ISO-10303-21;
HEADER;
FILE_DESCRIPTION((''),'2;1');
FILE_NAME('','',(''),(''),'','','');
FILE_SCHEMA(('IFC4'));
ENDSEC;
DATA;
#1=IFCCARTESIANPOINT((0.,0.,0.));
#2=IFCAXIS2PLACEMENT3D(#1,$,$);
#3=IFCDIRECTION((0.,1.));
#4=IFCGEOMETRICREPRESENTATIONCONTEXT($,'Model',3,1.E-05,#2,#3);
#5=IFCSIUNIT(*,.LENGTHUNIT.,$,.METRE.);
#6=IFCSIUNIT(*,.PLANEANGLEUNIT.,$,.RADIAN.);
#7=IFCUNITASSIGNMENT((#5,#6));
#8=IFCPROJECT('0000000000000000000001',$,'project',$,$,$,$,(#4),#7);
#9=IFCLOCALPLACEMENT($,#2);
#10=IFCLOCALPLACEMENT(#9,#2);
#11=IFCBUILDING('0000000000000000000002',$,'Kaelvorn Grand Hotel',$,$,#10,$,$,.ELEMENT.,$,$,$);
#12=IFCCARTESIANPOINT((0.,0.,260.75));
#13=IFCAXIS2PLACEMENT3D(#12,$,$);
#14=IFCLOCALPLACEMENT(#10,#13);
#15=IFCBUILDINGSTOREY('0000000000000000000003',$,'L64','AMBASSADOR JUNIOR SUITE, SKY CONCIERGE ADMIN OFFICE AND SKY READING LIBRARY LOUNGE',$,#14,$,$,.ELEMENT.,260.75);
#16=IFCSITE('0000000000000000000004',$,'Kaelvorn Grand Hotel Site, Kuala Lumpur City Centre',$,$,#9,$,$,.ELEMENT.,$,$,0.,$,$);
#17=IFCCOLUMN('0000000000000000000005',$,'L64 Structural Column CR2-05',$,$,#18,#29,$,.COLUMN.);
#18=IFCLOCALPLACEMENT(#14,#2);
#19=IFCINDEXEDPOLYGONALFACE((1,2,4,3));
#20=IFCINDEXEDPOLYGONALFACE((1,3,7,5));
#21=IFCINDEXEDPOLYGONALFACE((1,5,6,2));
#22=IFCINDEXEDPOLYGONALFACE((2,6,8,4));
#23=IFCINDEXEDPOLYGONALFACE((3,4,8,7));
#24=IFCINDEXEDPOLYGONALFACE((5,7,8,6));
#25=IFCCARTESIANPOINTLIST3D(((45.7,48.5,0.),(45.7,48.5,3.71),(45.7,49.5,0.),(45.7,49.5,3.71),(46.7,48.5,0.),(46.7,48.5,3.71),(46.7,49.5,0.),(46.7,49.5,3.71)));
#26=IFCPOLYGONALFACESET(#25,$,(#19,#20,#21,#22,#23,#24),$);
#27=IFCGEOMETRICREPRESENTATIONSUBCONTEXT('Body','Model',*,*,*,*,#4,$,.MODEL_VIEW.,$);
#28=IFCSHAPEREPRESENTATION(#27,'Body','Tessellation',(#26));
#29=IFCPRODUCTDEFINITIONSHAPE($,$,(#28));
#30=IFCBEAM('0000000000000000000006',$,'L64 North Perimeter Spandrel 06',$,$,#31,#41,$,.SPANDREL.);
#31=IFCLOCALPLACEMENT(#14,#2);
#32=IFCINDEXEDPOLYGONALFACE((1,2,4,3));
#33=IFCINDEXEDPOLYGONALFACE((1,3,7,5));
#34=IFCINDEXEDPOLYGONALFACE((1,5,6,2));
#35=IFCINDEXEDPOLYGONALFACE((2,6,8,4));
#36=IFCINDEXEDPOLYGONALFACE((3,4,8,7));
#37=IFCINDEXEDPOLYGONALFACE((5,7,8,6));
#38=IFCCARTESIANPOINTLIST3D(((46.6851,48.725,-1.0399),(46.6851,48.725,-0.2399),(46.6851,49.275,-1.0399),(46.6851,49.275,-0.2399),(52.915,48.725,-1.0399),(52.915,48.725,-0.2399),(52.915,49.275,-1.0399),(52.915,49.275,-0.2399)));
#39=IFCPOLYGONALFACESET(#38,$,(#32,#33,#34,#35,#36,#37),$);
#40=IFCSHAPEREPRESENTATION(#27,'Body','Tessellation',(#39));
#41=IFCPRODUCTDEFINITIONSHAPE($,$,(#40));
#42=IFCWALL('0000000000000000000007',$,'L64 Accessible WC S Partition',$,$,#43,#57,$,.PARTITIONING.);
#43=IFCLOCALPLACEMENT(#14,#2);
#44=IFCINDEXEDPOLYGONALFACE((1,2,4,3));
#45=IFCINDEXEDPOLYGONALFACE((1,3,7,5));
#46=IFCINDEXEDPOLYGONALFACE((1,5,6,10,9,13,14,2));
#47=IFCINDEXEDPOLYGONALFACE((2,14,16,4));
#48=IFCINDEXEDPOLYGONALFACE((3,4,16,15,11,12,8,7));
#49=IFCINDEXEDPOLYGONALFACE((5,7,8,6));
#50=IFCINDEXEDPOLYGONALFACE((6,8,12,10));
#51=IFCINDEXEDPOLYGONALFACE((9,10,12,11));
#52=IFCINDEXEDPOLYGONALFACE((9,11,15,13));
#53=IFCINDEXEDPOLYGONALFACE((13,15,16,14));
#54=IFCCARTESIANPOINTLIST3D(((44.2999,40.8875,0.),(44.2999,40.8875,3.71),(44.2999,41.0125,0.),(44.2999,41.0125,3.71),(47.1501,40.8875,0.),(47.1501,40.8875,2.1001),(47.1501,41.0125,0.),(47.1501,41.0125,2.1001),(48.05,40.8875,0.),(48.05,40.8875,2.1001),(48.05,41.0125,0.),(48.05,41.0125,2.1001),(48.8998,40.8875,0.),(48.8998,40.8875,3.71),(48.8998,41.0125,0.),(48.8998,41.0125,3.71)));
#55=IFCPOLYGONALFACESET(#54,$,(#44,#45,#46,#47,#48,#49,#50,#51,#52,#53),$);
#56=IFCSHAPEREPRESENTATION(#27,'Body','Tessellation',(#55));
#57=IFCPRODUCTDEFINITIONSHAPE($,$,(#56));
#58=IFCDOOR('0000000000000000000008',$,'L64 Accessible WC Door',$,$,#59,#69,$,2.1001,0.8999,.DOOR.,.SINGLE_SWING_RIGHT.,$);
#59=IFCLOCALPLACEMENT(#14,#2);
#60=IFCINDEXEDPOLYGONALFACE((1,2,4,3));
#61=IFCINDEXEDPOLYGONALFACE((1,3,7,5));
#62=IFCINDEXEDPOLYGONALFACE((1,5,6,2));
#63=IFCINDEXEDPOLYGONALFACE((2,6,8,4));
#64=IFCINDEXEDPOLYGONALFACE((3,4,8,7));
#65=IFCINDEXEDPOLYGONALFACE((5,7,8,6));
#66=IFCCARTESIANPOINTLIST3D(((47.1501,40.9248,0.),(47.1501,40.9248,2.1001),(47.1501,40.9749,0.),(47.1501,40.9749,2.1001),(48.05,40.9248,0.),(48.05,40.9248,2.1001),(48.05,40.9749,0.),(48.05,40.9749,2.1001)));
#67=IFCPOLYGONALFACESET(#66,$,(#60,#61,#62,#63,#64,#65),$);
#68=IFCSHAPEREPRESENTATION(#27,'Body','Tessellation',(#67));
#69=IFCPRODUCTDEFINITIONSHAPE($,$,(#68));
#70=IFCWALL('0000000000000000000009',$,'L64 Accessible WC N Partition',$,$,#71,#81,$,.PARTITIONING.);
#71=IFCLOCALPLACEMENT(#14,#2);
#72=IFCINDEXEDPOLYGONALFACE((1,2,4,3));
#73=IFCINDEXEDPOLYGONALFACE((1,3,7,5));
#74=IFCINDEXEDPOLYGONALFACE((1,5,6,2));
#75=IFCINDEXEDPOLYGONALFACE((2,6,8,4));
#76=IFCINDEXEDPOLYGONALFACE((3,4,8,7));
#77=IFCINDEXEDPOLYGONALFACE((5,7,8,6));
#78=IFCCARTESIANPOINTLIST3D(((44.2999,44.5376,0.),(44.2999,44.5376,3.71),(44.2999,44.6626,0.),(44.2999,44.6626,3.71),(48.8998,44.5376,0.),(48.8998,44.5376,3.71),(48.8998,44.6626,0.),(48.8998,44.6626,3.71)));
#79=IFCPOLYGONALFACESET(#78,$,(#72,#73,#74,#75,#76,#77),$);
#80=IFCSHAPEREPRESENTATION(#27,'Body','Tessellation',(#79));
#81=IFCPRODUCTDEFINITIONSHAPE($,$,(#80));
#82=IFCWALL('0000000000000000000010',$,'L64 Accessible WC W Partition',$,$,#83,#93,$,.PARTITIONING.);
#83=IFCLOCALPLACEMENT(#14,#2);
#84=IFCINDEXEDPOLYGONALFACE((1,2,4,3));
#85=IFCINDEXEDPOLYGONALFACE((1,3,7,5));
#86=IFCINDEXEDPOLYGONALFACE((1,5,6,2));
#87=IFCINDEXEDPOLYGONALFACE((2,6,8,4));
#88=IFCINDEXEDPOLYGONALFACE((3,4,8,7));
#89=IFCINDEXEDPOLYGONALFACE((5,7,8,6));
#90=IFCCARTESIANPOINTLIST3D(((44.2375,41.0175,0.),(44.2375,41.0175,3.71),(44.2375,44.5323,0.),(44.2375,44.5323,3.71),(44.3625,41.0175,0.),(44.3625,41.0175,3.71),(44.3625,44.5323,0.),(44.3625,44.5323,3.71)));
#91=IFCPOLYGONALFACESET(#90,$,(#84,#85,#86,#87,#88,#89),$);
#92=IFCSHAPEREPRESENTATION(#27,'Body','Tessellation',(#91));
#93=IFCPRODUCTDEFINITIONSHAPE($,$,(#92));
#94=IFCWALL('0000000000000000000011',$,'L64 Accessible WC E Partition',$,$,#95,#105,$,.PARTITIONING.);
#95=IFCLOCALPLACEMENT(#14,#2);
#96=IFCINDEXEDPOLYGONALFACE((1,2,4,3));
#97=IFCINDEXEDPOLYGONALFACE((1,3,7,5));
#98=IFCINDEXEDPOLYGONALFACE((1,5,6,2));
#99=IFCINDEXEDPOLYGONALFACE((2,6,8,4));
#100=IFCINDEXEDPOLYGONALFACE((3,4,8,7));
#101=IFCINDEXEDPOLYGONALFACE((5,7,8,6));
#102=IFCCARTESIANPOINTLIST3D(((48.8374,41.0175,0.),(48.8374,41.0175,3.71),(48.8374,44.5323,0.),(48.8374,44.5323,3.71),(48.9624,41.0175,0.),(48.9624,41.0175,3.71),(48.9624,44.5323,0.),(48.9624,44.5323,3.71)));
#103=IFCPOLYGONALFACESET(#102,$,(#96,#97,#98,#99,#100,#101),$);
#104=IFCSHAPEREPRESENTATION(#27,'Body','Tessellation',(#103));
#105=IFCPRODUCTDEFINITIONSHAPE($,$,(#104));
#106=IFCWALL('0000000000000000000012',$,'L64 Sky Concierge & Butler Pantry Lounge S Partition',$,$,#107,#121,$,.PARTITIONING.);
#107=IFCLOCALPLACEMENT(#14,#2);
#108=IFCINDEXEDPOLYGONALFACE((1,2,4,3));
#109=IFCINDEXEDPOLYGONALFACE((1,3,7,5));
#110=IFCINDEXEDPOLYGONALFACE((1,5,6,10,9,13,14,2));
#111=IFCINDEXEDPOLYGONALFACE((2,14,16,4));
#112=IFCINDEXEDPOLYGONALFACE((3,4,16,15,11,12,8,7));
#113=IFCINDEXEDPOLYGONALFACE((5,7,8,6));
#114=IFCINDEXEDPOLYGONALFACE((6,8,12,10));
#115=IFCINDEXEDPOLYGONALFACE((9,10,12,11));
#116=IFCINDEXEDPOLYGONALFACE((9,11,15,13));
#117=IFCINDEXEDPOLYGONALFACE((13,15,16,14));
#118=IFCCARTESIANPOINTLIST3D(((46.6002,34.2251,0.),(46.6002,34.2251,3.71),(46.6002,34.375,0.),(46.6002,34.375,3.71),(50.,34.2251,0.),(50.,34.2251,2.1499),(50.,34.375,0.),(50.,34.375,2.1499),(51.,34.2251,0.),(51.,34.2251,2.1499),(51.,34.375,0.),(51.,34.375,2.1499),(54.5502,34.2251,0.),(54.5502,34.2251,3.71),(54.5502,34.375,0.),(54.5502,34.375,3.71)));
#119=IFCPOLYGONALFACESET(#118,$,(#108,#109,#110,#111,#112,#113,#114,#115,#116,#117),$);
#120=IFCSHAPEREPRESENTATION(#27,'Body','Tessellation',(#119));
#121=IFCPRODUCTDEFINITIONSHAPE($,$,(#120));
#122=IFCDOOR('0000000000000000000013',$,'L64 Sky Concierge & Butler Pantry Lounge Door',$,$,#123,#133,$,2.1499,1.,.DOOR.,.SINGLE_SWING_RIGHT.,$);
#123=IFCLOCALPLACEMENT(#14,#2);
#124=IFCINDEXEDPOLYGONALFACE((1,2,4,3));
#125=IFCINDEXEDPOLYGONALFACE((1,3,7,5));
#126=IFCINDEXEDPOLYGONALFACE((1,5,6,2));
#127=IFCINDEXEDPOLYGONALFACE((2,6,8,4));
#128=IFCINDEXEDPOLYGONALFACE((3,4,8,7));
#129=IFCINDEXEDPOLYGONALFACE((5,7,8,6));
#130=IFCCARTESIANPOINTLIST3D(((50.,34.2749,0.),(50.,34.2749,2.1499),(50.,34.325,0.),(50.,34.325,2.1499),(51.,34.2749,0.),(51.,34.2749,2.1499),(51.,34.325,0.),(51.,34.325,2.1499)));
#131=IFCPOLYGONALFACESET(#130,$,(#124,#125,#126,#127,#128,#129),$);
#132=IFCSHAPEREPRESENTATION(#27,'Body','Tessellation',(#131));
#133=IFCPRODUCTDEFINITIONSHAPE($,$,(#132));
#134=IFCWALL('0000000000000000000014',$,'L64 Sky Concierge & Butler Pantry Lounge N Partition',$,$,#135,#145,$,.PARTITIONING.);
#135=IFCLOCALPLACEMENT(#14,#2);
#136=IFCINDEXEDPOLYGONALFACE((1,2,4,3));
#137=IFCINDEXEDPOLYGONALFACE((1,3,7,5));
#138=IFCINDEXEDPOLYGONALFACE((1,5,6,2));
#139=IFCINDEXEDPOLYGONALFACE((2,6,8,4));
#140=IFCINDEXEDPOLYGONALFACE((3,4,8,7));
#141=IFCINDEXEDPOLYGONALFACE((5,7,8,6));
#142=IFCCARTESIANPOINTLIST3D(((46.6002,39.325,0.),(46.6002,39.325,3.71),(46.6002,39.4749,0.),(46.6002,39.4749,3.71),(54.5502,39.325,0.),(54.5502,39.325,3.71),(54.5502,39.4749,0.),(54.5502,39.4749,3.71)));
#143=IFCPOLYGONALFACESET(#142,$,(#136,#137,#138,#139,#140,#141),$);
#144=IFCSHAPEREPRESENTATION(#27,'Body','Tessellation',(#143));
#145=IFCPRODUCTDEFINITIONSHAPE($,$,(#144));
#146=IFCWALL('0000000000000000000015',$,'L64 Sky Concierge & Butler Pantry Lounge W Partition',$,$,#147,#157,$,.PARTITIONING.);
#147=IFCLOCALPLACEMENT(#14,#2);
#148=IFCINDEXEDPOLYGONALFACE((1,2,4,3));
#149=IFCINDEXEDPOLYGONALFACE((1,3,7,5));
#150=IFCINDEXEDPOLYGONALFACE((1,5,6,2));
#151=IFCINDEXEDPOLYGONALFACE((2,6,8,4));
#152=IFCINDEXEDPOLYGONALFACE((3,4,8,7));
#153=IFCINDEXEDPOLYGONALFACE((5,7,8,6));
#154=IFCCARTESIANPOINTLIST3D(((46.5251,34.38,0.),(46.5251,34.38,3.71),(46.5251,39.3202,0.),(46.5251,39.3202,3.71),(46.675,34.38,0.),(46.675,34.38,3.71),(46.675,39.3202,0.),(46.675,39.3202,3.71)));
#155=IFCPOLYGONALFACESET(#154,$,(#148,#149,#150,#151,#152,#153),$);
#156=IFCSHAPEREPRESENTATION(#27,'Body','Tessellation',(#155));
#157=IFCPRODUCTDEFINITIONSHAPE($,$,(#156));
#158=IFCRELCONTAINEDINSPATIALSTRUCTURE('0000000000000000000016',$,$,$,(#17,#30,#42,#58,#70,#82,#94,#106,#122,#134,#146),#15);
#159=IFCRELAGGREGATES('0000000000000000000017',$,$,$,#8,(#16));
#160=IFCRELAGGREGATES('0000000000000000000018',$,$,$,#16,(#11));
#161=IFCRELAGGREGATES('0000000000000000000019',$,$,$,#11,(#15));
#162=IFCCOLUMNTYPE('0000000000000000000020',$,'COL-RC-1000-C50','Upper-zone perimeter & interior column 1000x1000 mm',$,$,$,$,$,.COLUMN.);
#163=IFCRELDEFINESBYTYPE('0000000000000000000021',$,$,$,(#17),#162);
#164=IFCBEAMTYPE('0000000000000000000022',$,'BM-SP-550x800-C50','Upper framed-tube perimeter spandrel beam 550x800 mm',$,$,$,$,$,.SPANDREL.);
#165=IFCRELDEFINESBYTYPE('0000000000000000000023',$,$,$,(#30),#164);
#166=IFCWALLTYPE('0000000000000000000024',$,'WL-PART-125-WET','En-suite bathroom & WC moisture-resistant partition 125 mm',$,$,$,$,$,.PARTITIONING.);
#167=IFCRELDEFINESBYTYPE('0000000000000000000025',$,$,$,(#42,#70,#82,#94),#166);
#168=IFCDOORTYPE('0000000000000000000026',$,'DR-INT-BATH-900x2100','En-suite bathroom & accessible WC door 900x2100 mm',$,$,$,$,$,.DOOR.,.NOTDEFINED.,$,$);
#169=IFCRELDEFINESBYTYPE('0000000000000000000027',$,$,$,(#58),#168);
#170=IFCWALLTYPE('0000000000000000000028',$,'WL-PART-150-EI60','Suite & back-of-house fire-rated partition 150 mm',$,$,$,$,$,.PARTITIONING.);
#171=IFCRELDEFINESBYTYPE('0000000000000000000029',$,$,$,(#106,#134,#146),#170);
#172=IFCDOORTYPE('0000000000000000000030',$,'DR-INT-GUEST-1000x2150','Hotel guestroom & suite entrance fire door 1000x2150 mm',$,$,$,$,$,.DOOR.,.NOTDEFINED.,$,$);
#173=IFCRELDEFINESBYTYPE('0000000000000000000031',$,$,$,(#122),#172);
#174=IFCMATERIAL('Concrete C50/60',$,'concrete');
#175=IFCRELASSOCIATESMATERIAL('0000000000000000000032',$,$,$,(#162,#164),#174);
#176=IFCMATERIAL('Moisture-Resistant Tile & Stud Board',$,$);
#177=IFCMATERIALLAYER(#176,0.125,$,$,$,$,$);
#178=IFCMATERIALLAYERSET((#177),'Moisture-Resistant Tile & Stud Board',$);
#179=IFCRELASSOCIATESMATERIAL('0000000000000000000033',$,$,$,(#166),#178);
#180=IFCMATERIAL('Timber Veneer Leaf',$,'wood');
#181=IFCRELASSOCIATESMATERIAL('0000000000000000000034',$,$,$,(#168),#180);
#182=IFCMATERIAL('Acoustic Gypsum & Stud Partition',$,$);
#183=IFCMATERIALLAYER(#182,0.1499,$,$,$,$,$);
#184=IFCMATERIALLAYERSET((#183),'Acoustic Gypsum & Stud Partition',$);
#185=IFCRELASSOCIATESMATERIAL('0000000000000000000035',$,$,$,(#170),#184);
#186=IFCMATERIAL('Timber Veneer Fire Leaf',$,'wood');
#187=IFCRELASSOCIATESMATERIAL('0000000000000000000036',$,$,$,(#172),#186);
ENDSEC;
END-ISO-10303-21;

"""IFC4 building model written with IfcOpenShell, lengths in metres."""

from ifc_helpers import new_model, si_unit, direction, frame, frame_2d, origin, origin_2d, place, context, subcontext, project, spatial, rectangle, extrude, material, layer, layer_set, material_profile, profile_set, type_object, element, fill, save


model = new_model("IFC4")

# Units and contexts
model_context = context("Model", 3, precision=1e-05, world=origin(), true_north=direction((0.0, 1.0)))
body_context = subcontext(model_context, "Body", "Model", "MODEL_VIEW")
ifc_project = project(units=[si_unit("LENGTHUNIT", "METRE"), si_unit("PLANEANGLEUNIT", "RADIAN")], contexts=[model_context])

# Site, building, storey
site_placement = place(None, origin())
site = spatial("IfcSite", under=ifc_project, at=site_placement, Name="Kaelvorn Grand Hotel Site, Kuala Lumpur City Centre", CompositionType="ELEMENT", RefElevation=0.0)
building_placement = place(site_placement, origin())
building = spatial("IfcBuilding", under=site, at=building_placement, Name="Kaelvorn Grand Hotel", CompositionType="ELEMENT")
storey_placement = place(building_placement, frame((0.0, 0.0, 260.75)))
storey = spatial("IfcBuildingStorey", under=building, at=storey_placement, Name="L64", Description="AMBASSADOR JUNIOR SUITE, SKY CONCIERGE ADMIN OFFICE AND SKY READING LIBRARY LOUNGE", CompositionType="ELEMENT", Elevation=260.75)

# Column
ifc_material_1 = material(Name="Concrete C50/60", Category="concrete")
ifc_material_profile_1 = material_profile(ifc_material_1, rectangle(XDim=1.0, YDim=1.0, at=origin_2d()), Name="RC COL 1000x1000")
ifc_profile_set_1 = profile_set([ifc_material_profile_1], Name="Concrete C50/60")
column_type = type_object("IfcColumnType", Name="COL-RC-1000-C50", Description="Upper-zone perimeter & interior column 1000x1000 mm", PredefinedType="COLUMN", material=ifc_profile_set_1)
column_placement = place(storey_placement, frame((46.2, 49.0, 0.0), z_axis=(0.0, 0.0, 1.0), x_axis=(1.0, 0.0, 0.0)))
element("IfcColumn", 1, at=column_placement, inside=storey, type_object=column_type, Name="L64 Structural Column CR2-05", PredefinedType="COLUMN", context=body_context, shape_type="SweptSolid", body=[
    extrude(rectangle(XDim=1.0, YDim=1.0, at=origin_2d()), origin(), (0.0, 0.0, 1.0), 3.71),
])

# Beam
ifc_material_profile_2 = material_profile(ifc_material_1, rectangle(XDim=0.55, YDim=0.8, at=origin_2d()), Name="RC SPANDREL 550x800")
ifc_profile_set_2 = profile_set([ifc_material_profile_2], Name="Concrete C50/60")
beam_type = type_object("IfcBeamType", Name="BM-SP-550x800-C50", Description="Upper framed-tube perimeter spandrel beam 550x800 mm", PredefinedType="SPANDREL", material=ifc_profile_set_2)
beam_placement = place(storey_placement, frame((46.6851, 49.0, -0.6399), z_axis=(1.0, 0.0, 0.0), x_axis=(0.0, 1.0, 0.0)))
element("IfcBeam", 2, at=beam_placement, inside=storey, type_object=beam_type, Name="L64 North Perimeter Spandrel 06", PredefinedType="SPANDREL", context=body_context, shape_type="SweptSolid", body=[
    extrude(rectangle(XDim=0.55, YDim=0.8, at=origin_2d()), origin(), (0.0, 0.0, 1.0), 6.23),
])

# Wall, opening, door
ifc_material_2 = material(Name="Moisture-Resistant Tile & Stud Board")
ifc_layer_1 = layer(ifc_material_2, 0.125)
ifc_layer_set_1 = layer_set([ifc_layer_1], Name="Moisture-Resistant Tile & Stud Board")
wall_type_1 = type_object("IfcWallType", Name="WL-PART-125-WET", Description="En-suite bathroom & WC moisture-resistant partition 125 mm", PredefinedType="PARTITIONING", material=ifc_layer_set_1)
wall_1_placement = place(storey_placement, frame((44.3, 40.95, 0.0), z_axis=(0.0, 0.0, 1.0), x_axis=(1.0, 0.0, 0.0)))
wall_1 = element("IfcWall", 3, at=wall_1_placement, inside=storey, type_object=wall_type_1, Name="L64 Accessible WC S Partition", PredefinedType="PARTITIONING", context=body_context, shape_type="SweptSolid", body=[
    extrude(rectangle(XDim=4.5999, YDim=0.125, at=frame_2d((2.2998, 0.0))), origin(), (0.0, 0.0, 1.0), 3.71),
])
opening_1_placement = place(wall_1_placement, frame((2.8501, 0.0, 0.0)))
opening_1 = element("IfcOpeningElement", 4, at=opening_1_placement, cuts=wall_1, PredefinedType="OPENING", context=body_context, shape_type="SweptSolid", body=[
    extrude(rectangle(XDim=0.8999, YDim=2.1001, at=frame_2d((0.45, 1.05))), frame((0.0, 0.0725, 0.0), z_axis=(0.0, -1.0, 0.0), x_axis=(1.0, 0.0, 0.0)), (0.0, 0.0, 1.0), 0.145),
])
ifc_material_3 = material(Name="Timber Veneer Leaf", Category="wood")
door_type_1 = type_object("IfcDoorType", Name="DR-INT-BATH-900x2100", Description="En-suite bathroom & accessible WC door 900x2100 mm", OperationType="NOTDEFINED", PredefinedType="DOOR", material=ifc_material_3)
door_1_placement = place(opening_1_placement, origin())
door_1 = element("IfcDoor", 5, at=door_1_placement, inside=storey, type_object=door_type_1, Name="L64 Accessible WC Door", OperationType="SINGLE_SWING_RIGHT", OverallHeight=2.1001, OverallWidth=0.8999, PredefinedType="DOOR", context=body_context, shape_type="SweptSolid", body=[
    extrude(rectangle(XDim=0.8999, YDim=2.1001, at=frame_2d((0.45, 1.05))), frame((0.0, 0.0249, 0.0), z_axis=(0.0, -1.0, 0.0), x_axis=(1.0, 0.0, 0.0)), (0.0, 0.0, 1.0), 0.05),
])
fill(opening_1, door_1)

# Walls
wall_2_placement = place(storey_placement, frame((44.3, 44.6001, 0.0), z_axis=(0.0, 0.0, 1.0), x_axis=(1.0, 0.0, 0.0)))
element("IfcWall", 6, at=wall_2_placement, inside=storey, type_object=wall_type_1, Name="L64 Accessible WC N Partition", PredefinedType="PARTITIONING", context=body_context, shape_type="SweptSolid", body=[
    extrude(rectangle(XDim=4.5999, YDim=0.125, at=frame_2d((2.2998, 0.0))), origin(), (0.0, 0.0, 1.0), 3.71),
])
for number, where, z_axis, x_axis, name in (
    (7, (44.3, 41.0176, 0.0), (0.0, 0.0, 1.0), (0.0, 1.0, 0.0), "L64 Accessible WC W Partition"),
    (8, (48.8999, 41.0176, 0.0), (0.0, 0.0, 1.0), (0.0, 1.0, 0.0), "L64 Accessible WC E Partition"),
):
    element("IfcWall", number, at=place(storey_placement, frame(where, z_axis=z_axis, x_axis=x_axis)), inside=storey, type_object=wall_type_1, Name=name, PredefinedType="PARTITIONING", context=body_context, shape_type="SweptSolid", body=[
        extrude(rectangle(XDim=3.5149, YDim=0.125, at=frame_2d((1.7573, 0.0))), origin(), (0.0, 0.0, 1.0), 3.71),
    ])

# Wall, opening, door
ifc_material_4 = material(Name="Acoustic Gypsum & Stud Partition")
ifc_layer_2 = layer(ifc_material_4, 0.1499)
ifc_layer_set_2 = layer_set([ifc_layer_2], Name="Acoustic Gypsum & Stud Partition")
wall_type_2 = type_object("IfcWallType", Name="WL-PART-150-EI60", Description="Suite & back-of-house fire-rated partition 150 mm", PredefinedType="PARTITIONING", material=ifc_layer_set_2)
wall_3_placement = place(storey_placement, frame((46.6001, 34.3, 0.0), z_axis=(0.0, 0.0, 1.0), x_axis=(1.0, 0.0, 0.0)))
wall_3 = element("IfcWall", 9, at=wall_3_placement, inside=storey, type_object=wall_type_2, Name="L64 Sky Concierge & Butler Pantry Lounge S Partition", PredefinedType="PARTITIONING", context=body_context, shape_type="SweptSolid", body=[
    extrude(rectangle(XDim=7.95, YDim=0.1499, at=frame_2d((3.9751, 0.0))), origin(), (0.0, 0.0, 1.0), 3.71),
])
opening_2_placement = place(wall_3_placement, frame((3.3999, 0.0, 0.0)))
opening_2 = element("IfcOpeningElement", 10, at=opening_2_placement, cuts=wall_3, PredefinedType="OPENING", context=body_context, shape_type="SweptSolid", body=[
    extrude(rectangle(XDim=1.0, YDim=2.1499, at=frame_2d((0.5, 1.075))), frame((0.0, 0.085, 0.0), z_axis=(0.0, -1.0, 0.0), x_axis=(1.0, 0.0, 0.0)), (0.0, 0.0, 1.0), 0.1699),
])
ifc_material_5 = material(Name="Timber Veneer Fire Leaf", Category="wood")
door_type_2 = type_object("IfcDoorType", Name="DR-INT-GUEST-1000x2150", Description="Hotel guestroom & suite entrance fire door 1000x2150 mm", OperationType="NOTDEFINED", PredefinedType="DOOR", material=ifc_material_5)
door_2_placement = place(opening_2_placement, origin())
door_2 = element("IfcDoor", 11, at=door_2_placement, inside=storey, type_object=door_type_2, Name="L64 Sky Concierge & Butler Pantry Lounge Door", OperationType="SINGLE_SWING_RIGHT", OverallHeight=2.1499, OverallWidth=1.0, PredefinedType="DOOR", context=body_context, shape_type="SweptSolid", body=[
    extrude(rectangle(XDim=1.0, YDim=2.1499, at=frame_2d((0.5, 1.075))), frame((0.0, 0.0249, 0.0), z_axis=(0.0, -1.0, 0.0), x_axis=(1.0, 0.0, 0.0)), (0.0, 0.0, 1.0), 0.05),
])
fill(opening_2, door_2)

# Walls
wall_4_placement = place(storey_placement, frame((46.6001, 39.3999, 0.0), z_axis=(0.0, 0.0, 1.0), x_axis=(1.0, 0.0, 0.0)))
element("IfcWall", 12, at=wall_4_placement, inside=storey, type_object=wall_type_2, Name="L64 Sky Concierge & Butler Pantry Lounge N Partition", PredefinedType="PARTITIONING", context=body_context, shape_type="SweptSolid", body=[
    extrude(rectangle(XDim=7.95, YDim=0.1499, at=frame_2d((3.9751, 0.0))), origin(), (0.0, 0.0, 1.0), 3.71),
])
wall_5_placement = place(storey_placement, frame((46.6001, 34.3799, 0.0), z_axis=(0.0, 0.0, 1.0), x_axis=(0.0, 1.0, 0.0)))
element("IfcWall", 13, at=wall_5_placement, inside=storey, type_object=wall_type_2, Name="L64 Sky Concierge & Butler Pantry Lounge W Partition", PredefinedType="PARTITIONING", context=body_context, shape_type="SweptSolid", body=[
    extrude(rectangle(XDim=4.9402, YDim=0.1499, at=frame_2d((2.4702, 0.0))), origin(), (0.0, 0.0, 1.0), 3.71),
])

save(model, "model.ifc")
